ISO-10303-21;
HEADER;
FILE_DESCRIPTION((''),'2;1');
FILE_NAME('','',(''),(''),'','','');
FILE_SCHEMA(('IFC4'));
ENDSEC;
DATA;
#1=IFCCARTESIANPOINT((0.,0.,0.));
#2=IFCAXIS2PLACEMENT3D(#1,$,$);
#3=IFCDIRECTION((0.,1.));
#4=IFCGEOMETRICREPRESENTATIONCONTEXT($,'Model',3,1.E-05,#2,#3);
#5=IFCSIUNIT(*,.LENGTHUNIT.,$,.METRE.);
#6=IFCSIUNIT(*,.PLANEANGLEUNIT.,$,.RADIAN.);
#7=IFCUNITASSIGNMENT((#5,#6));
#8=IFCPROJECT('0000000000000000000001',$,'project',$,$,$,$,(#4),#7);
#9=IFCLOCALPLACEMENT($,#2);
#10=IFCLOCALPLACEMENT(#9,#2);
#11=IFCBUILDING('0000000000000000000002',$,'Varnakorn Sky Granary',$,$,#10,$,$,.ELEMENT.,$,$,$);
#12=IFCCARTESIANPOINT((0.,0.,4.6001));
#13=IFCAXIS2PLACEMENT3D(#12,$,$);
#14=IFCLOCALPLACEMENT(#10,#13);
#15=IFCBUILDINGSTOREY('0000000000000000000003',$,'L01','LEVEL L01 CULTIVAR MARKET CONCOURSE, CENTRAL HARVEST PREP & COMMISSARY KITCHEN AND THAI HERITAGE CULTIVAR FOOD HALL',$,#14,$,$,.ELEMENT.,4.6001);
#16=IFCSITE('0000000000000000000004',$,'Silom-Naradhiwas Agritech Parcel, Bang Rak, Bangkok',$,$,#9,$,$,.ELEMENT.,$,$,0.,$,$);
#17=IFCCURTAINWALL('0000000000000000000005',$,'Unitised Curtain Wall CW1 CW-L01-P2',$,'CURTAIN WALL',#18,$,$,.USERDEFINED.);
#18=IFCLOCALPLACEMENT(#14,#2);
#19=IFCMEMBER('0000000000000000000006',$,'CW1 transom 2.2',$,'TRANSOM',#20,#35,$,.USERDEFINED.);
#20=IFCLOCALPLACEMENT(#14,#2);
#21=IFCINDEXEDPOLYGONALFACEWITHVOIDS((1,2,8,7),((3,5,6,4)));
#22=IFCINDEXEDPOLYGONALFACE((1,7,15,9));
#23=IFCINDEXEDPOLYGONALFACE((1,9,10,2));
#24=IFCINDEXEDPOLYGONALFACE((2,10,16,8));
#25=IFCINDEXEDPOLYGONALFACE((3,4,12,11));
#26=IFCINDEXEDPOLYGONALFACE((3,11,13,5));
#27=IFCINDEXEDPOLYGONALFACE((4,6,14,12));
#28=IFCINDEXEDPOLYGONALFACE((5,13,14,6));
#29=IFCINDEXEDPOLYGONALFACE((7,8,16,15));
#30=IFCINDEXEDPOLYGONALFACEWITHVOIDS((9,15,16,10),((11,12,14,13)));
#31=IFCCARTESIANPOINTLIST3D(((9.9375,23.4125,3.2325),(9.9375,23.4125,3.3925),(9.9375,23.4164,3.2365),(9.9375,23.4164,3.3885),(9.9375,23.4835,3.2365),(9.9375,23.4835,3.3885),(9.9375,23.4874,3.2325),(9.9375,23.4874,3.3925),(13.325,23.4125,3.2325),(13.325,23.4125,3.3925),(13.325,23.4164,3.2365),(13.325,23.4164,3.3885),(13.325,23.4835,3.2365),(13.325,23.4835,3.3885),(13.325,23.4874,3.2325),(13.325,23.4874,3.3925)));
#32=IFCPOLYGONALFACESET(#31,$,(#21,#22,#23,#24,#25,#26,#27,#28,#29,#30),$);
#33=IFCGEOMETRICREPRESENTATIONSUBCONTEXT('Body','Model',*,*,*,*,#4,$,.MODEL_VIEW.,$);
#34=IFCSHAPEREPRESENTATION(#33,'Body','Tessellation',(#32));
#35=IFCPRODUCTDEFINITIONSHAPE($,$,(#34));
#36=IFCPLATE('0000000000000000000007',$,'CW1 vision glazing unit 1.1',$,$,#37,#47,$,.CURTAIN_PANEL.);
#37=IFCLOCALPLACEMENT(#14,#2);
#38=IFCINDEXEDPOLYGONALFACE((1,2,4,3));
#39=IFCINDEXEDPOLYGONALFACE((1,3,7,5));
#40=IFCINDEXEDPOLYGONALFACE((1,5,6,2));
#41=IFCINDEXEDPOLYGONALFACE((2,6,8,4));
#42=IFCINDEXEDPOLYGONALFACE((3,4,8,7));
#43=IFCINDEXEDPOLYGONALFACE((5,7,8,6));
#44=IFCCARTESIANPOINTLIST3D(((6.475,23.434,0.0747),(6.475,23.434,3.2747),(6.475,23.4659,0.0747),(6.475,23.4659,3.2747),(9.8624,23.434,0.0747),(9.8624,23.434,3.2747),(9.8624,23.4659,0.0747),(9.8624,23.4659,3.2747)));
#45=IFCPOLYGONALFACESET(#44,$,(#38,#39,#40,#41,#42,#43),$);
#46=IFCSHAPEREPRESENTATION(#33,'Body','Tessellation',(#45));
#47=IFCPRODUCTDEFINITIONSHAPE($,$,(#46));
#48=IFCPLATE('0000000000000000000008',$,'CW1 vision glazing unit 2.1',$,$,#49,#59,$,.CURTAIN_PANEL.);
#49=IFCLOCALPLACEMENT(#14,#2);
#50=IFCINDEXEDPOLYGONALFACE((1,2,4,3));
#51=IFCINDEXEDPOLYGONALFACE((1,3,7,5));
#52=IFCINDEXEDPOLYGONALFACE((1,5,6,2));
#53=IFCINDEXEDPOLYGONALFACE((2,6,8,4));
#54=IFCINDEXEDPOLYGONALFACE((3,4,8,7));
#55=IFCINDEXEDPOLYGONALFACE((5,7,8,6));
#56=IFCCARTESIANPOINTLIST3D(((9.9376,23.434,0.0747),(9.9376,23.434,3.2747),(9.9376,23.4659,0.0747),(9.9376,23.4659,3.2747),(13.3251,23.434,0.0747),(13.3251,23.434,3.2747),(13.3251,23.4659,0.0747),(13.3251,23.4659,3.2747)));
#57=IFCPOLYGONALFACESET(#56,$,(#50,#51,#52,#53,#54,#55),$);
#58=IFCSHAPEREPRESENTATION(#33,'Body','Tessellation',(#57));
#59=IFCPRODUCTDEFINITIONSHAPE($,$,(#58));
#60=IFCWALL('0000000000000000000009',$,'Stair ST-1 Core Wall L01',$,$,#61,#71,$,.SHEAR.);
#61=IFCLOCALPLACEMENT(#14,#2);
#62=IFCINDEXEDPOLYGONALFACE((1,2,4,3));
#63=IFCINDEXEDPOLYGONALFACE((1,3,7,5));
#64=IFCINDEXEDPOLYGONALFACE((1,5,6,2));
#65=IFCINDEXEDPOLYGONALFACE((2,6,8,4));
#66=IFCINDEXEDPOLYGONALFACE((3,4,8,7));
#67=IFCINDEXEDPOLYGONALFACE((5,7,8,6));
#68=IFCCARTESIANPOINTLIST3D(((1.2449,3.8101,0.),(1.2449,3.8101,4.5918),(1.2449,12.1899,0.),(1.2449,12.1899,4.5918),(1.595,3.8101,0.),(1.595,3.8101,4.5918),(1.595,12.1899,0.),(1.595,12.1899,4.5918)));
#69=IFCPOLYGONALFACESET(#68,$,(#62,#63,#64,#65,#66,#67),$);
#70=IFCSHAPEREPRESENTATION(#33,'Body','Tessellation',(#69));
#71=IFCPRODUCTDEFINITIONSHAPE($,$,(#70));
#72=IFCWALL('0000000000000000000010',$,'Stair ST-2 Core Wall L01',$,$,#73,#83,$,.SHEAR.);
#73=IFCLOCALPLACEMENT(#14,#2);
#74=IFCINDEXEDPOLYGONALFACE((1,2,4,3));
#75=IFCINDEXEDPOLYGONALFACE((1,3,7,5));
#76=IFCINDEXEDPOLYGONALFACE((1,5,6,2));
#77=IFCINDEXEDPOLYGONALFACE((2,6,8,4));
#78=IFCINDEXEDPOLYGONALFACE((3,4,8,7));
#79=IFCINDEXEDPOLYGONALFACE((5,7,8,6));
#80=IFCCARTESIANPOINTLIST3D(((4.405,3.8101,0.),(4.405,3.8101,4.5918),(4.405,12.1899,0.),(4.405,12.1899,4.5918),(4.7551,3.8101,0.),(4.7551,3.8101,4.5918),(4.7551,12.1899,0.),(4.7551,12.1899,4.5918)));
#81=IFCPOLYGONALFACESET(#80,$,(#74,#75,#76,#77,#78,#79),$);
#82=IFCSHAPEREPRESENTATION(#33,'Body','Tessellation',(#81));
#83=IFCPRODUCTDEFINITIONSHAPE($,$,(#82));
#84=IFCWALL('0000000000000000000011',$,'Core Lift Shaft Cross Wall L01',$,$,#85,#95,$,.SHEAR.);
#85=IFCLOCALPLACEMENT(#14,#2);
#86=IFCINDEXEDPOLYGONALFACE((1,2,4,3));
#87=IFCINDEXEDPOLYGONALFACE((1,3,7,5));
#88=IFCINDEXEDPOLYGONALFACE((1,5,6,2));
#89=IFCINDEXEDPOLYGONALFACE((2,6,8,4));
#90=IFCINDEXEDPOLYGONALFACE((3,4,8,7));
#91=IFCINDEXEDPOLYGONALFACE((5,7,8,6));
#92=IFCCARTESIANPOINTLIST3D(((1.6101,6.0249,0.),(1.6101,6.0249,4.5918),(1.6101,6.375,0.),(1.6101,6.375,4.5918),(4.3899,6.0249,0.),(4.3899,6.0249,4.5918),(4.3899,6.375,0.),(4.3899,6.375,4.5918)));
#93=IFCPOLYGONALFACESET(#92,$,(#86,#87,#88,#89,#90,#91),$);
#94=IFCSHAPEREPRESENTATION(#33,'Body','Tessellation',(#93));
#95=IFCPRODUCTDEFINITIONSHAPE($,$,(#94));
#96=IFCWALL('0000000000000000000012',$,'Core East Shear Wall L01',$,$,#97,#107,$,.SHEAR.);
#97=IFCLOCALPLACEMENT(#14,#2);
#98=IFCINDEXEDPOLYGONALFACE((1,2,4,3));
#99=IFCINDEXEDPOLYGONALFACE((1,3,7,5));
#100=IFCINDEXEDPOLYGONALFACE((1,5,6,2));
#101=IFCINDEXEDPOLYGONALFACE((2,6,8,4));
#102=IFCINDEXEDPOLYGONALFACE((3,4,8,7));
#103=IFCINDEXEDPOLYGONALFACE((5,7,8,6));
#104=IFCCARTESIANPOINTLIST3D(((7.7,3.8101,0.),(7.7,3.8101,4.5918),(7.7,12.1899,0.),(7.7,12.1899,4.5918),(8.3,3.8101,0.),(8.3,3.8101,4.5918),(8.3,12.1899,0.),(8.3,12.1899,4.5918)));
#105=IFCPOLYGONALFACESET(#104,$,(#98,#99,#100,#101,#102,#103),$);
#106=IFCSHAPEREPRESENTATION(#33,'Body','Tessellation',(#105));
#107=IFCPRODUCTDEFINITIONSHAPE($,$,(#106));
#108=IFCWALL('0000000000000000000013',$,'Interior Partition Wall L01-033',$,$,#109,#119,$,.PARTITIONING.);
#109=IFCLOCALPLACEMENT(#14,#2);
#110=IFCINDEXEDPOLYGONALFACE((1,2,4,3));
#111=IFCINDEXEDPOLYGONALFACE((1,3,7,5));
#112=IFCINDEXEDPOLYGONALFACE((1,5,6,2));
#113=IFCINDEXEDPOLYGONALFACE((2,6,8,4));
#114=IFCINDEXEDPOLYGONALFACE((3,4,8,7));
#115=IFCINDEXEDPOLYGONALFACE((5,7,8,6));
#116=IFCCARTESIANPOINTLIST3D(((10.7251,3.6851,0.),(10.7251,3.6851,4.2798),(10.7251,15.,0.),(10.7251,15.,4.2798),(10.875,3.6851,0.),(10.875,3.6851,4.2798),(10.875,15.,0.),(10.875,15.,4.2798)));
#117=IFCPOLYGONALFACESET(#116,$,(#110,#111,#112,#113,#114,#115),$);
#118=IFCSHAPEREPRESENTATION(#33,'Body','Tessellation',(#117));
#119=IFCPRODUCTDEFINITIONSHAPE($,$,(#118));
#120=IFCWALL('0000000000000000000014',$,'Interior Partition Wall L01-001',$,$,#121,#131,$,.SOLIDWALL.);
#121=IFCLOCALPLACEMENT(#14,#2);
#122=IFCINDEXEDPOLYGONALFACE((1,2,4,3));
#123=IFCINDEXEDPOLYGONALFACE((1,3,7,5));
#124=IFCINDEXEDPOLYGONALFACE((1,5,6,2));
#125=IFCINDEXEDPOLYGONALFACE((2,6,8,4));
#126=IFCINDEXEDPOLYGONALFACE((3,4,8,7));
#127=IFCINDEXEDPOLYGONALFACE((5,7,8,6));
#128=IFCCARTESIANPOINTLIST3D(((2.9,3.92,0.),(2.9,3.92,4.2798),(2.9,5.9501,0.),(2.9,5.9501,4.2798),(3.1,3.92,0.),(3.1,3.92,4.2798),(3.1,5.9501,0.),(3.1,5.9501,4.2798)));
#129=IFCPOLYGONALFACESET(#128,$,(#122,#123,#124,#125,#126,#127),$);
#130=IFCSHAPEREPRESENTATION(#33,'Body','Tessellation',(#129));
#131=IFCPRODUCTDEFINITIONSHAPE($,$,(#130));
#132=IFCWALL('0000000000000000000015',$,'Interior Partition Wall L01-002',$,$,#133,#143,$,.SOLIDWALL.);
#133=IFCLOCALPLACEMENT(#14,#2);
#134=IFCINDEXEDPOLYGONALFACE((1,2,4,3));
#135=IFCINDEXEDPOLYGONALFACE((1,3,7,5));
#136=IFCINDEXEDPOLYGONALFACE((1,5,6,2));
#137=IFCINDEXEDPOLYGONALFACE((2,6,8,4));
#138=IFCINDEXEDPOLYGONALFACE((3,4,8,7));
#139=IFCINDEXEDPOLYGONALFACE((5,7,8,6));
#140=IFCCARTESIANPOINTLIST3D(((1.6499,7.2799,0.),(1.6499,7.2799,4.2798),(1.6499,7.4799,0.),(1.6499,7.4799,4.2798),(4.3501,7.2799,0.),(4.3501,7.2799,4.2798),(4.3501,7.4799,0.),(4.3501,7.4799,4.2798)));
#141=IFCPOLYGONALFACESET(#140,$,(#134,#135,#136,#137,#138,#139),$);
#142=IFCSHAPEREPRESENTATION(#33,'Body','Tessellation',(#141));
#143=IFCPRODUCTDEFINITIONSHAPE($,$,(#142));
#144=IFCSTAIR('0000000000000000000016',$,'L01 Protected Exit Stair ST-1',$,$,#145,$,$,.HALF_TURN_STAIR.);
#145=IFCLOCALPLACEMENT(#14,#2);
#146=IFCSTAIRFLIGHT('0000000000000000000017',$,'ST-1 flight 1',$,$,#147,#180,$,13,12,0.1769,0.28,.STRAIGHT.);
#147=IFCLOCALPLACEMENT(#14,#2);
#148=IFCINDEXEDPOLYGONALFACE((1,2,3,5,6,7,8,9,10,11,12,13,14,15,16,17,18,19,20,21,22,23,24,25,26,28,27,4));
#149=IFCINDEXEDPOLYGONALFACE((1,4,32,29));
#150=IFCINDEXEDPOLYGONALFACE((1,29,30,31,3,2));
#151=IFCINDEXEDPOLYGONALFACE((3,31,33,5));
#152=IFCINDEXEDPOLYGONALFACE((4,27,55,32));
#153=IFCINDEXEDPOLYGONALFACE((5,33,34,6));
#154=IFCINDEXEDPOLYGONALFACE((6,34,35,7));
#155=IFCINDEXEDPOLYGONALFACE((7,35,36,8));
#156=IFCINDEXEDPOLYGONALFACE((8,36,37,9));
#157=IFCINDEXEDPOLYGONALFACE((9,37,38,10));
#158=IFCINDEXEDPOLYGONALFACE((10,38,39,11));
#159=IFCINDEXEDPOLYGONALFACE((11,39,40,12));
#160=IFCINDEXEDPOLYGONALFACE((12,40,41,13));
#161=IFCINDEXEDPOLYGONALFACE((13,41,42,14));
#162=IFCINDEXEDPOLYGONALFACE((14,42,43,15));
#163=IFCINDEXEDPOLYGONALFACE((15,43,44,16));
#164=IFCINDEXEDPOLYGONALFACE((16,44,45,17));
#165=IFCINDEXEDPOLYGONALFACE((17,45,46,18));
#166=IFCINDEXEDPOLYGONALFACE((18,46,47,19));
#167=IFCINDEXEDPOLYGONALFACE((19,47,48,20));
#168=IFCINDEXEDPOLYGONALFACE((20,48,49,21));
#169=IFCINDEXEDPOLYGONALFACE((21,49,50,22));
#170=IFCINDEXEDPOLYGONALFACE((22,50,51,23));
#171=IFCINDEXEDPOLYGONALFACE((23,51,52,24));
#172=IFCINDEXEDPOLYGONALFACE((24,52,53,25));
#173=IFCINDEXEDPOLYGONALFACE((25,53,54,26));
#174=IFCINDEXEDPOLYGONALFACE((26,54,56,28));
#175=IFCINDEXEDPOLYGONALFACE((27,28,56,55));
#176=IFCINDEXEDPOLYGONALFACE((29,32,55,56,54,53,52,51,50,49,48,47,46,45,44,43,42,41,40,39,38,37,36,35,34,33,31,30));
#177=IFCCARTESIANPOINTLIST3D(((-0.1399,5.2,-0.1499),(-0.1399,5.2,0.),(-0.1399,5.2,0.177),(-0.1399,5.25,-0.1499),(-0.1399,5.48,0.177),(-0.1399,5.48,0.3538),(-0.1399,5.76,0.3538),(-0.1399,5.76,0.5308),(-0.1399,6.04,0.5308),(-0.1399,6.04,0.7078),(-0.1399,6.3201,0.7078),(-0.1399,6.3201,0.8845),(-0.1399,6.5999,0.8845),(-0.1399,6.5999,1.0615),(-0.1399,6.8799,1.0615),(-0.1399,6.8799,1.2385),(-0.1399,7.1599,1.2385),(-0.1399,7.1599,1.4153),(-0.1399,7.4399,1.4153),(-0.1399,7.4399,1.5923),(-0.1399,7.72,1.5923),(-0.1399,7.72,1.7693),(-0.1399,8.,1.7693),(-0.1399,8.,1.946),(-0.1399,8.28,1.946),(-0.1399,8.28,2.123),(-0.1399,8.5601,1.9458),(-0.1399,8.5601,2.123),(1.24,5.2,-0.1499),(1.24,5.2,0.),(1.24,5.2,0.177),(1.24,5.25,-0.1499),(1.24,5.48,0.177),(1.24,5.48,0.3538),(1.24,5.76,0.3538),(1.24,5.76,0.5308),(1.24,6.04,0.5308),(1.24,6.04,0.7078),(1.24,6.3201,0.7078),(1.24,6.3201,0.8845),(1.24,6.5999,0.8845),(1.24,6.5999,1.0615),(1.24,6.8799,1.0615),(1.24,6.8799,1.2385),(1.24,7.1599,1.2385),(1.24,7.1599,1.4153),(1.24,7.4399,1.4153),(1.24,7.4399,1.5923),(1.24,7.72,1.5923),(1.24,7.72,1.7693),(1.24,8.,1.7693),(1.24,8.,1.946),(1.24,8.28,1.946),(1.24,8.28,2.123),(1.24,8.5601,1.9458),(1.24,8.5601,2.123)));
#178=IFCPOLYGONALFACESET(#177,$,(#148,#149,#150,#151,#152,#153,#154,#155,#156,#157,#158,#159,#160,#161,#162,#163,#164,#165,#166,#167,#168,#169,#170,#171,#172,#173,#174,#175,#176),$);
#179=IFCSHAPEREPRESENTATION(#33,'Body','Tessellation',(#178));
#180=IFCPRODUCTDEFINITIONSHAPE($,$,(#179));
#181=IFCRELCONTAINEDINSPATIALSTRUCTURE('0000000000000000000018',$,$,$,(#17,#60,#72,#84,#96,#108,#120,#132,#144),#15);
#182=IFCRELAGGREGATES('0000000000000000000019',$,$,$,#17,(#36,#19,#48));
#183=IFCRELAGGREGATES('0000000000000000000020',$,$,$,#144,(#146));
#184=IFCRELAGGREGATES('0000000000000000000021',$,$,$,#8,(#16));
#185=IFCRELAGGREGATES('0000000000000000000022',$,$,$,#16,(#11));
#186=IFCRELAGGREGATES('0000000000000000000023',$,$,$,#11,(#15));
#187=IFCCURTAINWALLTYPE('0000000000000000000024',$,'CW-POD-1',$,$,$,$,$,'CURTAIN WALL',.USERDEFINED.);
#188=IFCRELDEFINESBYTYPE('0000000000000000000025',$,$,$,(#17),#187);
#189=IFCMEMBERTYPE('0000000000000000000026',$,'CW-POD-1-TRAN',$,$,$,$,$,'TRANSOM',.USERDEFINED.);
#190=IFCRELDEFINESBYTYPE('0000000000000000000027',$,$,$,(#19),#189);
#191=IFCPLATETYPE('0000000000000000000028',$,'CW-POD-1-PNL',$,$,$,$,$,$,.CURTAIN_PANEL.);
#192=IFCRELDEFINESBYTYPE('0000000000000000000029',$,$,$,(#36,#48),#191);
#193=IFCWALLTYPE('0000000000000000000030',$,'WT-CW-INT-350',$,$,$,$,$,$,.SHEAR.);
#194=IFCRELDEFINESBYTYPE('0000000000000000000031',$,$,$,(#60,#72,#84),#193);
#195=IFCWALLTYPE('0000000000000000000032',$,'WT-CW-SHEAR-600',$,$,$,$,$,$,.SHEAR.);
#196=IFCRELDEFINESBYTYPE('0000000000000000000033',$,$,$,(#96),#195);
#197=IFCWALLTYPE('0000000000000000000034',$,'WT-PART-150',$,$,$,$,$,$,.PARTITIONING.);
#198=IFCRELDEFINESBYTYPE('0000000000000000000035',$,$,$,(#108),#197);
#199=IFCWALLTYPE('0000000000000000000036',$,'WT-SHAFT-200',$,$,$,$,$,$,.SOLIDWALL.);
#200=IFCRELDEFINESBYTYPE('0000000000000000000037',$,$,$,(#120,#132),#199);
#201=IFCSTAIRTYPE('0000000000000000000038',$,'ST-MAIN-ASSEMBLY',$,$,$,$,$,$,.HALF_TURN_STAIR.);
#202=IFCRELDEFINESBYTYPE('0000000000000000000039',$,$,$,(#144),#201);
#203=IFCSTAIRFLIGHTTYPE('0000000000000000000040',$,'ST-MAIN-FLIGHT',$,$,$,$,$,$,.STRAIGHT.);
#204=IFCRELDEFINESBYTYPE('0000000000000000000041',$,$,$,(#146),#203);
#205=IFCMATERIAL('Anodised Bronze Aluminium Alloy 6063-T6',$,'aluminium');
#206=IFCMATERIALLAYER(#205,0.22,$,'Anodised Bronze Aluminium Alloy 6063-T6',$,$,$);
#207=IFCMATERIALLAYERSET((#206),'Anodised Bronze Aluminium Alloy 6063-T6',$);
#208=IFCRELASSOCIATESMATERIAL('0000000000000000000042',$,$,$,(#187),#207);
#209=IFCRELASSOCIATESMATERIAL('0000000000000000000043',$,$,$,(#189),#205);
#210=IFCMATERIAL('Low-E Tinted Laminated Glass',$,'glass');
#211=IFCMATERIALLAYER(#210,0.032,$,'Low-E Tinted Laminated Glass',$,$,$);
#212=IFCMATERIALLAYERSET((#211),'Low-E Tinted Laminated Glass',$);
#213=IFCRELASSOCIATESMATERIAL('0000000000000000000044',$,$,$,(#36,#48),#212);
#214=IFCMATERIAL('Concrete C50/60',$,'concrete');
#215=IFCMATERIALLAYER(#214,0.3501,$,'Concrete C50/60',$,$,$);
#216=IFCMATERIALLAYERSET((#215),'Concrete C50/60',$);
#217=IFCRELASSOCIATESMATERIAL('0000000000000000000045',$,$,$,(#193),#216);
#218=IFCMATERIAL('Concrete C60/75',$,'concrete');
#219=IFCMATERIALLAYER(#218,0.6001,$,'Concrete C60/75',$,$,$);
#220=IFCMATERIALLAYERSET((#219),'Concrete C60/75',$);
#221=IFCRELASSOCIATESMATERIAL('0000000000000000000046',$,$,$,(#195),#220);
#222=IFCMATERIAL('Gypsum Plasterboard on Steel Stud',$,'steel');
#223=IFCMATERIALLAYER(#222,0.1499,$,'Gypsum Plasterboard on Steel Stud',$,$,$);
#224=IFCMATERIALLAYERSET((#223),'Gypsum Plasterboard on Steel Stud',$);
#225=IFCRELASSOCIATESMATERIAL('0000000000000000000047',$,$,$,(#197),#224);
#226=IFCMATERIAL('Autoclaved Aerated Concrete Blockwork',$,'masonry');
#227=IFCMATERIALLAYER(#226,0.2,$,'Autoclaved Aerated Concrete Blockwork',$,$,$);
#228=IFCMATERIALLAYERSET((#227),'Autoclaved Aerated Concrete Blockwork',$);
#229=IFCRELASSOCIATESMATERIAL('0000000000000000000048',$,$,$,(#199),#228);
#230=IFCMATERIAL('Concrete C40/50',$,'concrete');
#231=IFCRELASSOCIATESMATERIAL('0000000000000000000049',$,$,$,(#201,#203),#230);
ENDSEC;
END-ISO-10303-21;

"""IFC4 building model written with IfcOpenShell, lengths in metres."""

from ifc_helpers import new_model, si_unit, direction, frame, frame_2d, origin, origin_2d, place, context, subcontext, project, spatial, polyline, rectangle, hollow_rectangle, outline, extrude, source, transform, mapped, material, layer, layer_set, material_profile, profile_set, type_object, type_shapes, element, aggregate, save


model = new_model("IFC4")

# Units and contexts
model_context = context("Model", 3, precision=1e-05, world=origin(), true_north=direction((0.0, 1.0)))
body_context = subcontext(model_context, "Body", "Model", "MODEL_VIEW")
ifc_project = project(units=[si_unit("LENGTHUNIT", "METRE"), si_unit("PLANEANGLEUNIT", "RADIAN")], contexts=[model_context])

# Site, building, storey
site_placement = place(None, origin())
site = spatial("IfcSite", under=ifc_project, at=site_placement, Name="Silom-Naradhiwas Agritech Parcel, Bang Rak, Bangkok", CompositionType="ELEMENT", RefElevation=0.0)
building_placement = place(site_placement, origin())
building = spatial("IfcBuilding", under=site, at=building_placement, Name="Varnakorn Sky Granary", CompositionType="ELEMENT")
storey_placement = place(building_placement, frame((0.0, 0.0, 4.6001)))
storey = spatial("IfcBuildingStorey", under=building, at=storey_placement, Name="L01", Description="LEVEL L01 CULTIVAR MARKET CONCOURSE, CENTRAL HARVEST PREP & COMMISSARY KITCHEN AND THAI HERITAGE CULTIVAR FOOD HALL", CompositionType="ELEMENT", Elevation=4.6001)

# Shared definitions
ifc_material_1 = material(Name="Concrete C60/75", Category="concrete")

# Curtain wall, member, plates
ifc_material_2 = material(Name="Anodised Bronze Aluminium Alloy 6063-T6", Category="aluminium")
ifc_layer_1 = layer(ifc_material_2, 0.22, Name="Anodised Bronze Aluminium Alloy 6063-T6")
ifc_layer_set_1 = layer_set([ifc_layer_1], Name="Anodised Bronze Aluminium Alloy 6063-T6")
curtain_wall_type = type_object("IfcCurtainWallType", Name="CW-POD-1", ElementType="CURTAIN WALL", PredefinedType="USERDEFINED", material=ifc_layer_set_1)
curtain_wall_placement = place(storey_placement, origin())
curtain_wall = element("IfcCurtainWall", 1, at=curtain_wall_placement, inside=storey, type_object=curtain_wall_type, Name="Unitised Curtain Wall CW1 CW-L01-P2", ObjectType="CURTAIN WALL", PredefinedType="USERDEFINED")
ifc_material_profile_1 = material_profile(ifc_material_2, hollow_rectangle(XDim=0.075, YDim=0.1599, WallThickness=0.0039, at=origin_2d()), Name="ALU TRAN 75x160")
ifc_profile_set_1 = profile_set([ifc_material_profile_1], Name="Anodised Bronze Aluminium Alloy 6063-T6")
member_type_1 = type_object("IfcMemberType", Name="CW-POD-1-TRAN", ElementType="TRANSOM", PredefinedType="USERDEFINED", material=ifc_profile_set_1)
member_1_placement = place(storey_placement, frame((9.9375, 23.45, 3.3125), z_axis=(1.0, 0.0, 0.0), x_axis=(0.0, 1.0, 0.0)))
member_1 = element("IfcMember", 2, at=member_1_placement, type_object=member_type_1, Name="CW1 transom 2.2", ObjectType="TRANSOM", PredefinedType="USERDEFINED", context=body_context, shape_type="SweptSolid", body=[
    extrude(hollow_rectangle(XDim=0.075, YDim=0.1599, WallThickness=0.0039, at=origin_2d()), origin(), (0.0, 0.0, 1.0), 3.3875),
])
ifc_material_3 = material(Name="Low-E Tinted Laminated Glass", Category="glass")
ifc_layer_2 = layer(ifc_material_3, 0.032, Name="Low-E Tinted Laminated Glass")
ifc_layer_set_2 = layer_set([ifc_layer_2], Name="Low-E Tinted Laminated Glass")
plate_type = type_object("IfcPlateType", Name="CW-POD-1-PNL", PredefinedType="CURTAIN_PANEL")
shared_shape = source(origin(), body_context, "Body", "SweptSolid", [
    extrude(rectangle(XDim=3.3875, YDim=0.032, at=origin_2d()), origin(), (0.0, 0.0, 1.0), 3.2),
])
type_shapes(plate_type, [shared_shape])
plate_1_placement = place(storey_placement, frame((8.1687, 23.45, 0.0747), z_axis=(0.0, 0.0, 1.0), x_axis=(1.0, 0.0, 0.0)))
plate_1 = element("IfcPlate", 3, at=plate_1_placement, type_object=plate_type, material=ifc_layer_set_2, Name="CW1 vision glazing unit 1.1", PredefinedType="CURTAIN_PANEL", context=body_context, shape_type="MappedRepresentation", body=[
    mapped(shared_shape, transform((0.0, 0.0, 0.0), x_axis=(1.0, 0.0, 0.0), y_axis=(0.0, 1.0, 0.0), z_axis=(0.0, 0.0, 1.0), scale=1.0)),
])
plate_2_placement = place(storey_placement, frame((11.6313, 23.45, 0.0747), z_axis=(0.0, 0.0, 1.0), x_axis=(1.0, 0.0, 0.0)))
plate_2 = element("IfcPlate", 4, at=plate_2_placement, type_object=plate_type, material=ifc_layer_set_2, Name="CW1 vision glazing unit 2.1", PredefinedType="CURTAIN_PANEL", context=body_context, shape_type="MappedRepresentation", body=[
    mapped(shared_shape, transform((0.0, 0.0, 0.0), x_axis=(1.0, 0.0, 0.0), y_axis=(0.0, 1.0, 0.0), z_axis=(0.0, 0.0, 1.0), scale=1.0)),
])
aggregate(curtain_wall, [plate_1, member_1, plate_2])

# Walls
ifc_material_4 = material(Name="Concrete C50/60", Category="concrete")
ifc_layer_3 = layer(ifc_material_4, 0.3501, Name="Concrete C50/60")
ifc_layer_set_3 = layer_set([ifc_layer_3], Name="Concrete C50/60")
wall_type_1 = type_object("IfcWallType", Name="WT-CW-INT-350", PredefinedType="SHEAR", material=ifc_layer_set_3)
for number, where, z_axis, x_axis, name in (
    (5, (1.4199, 3.8101, 0.0), (0.0, 0.0, 1.0), (0.0, 1.0, 0.0), "Stair ST-1 Core Wall L01"),
    (6, (4.5801, 3.8101, 0.0), (0.0, 0.0, 1.0), (0.0, 1.0, 0.0), "Stair ST-2 Core Wall L01"),
):
    element("IfcWall", number, at=place(storey_placement, frame(where, z_axis=z_axis, x_axis=x_axis)), inside=storey, type_object=wall_type_1, Name=name, PredefinedType="SHEAR", context=body_context, shape_type="SweptSolid", body=[
        extrude(rectangle(XDim=8.3799, YDim=0.3501, at=frame_2d((4.1899, 0.0))), origin(), (0.0, 0.0, 1.0), 4.5918),
    ])
wall_1_placement = place(storey_placement, frame((1.6101, 6.2, 0.0), z_axis=(0.0, 0.0, 1.0), x_axis=(1.0, 0.0, 0.0)))
element("IfcWall", 7, at=wall_1_placement, inside=storey, type_object=wall_type_1, Name="Core Lift Shaft Cross Wall L01", PredefinedType="SHEAR", context=body_context, shape_type="SweptSolid", body=[
    extrude(rectangle(XDim=2.7798, YDim=0.3501, at=frame_2d((1.3899, 0.0))), origin(), (0.0, 0.0, 1.0), 4.5918),
])
ifc_layer_4 = layer(ifc_material_1, 0.6001, Name="Concrete C60/75")
ifc_layer_set_4 = layer_set([ifc_layer_4], Name="Concrete C60/75")
wall_type_2 = type_object("IfcWallType", Name="WT-CW-SHEAR-600", PredefinedType="SHEAR", material=ifc_layer_set_4)
wall_2_placement = place(storey_placement, frame((8.0, 3.8101, 0.0), z_axis=(0.0, 0.0, 1.0), x_axis=(0.0, 1.0, 0.0)))
element("IfcWall", 8, at=wall_2_placement, inside=storey, type_object=wall_type_2, Name="Core East Shear Wall L01", PredefinedType="SHEAR", context=body_context, shape_type="SweptSolid", body=[
    extrude(rectangle(XDim=8.3799, YDim=0.6001, at=frame_2d((4.1899, 0.0))), origin(), (0.0, 0.0, 1.0), 4.5918),
])
ifc_material_5 = material(Name="Gypsum Plasterboard on Steel Stud", Category="steel")
ifc_layer_5 = layer(ifc_material_5, 0.1499, Name="Gypsum Plasterboard on Steel Stud")
ifc_layer_set_5 = layer_set([ifc_layer_5], Name="Gypsum Plasterboard on Steel Stud")
wall_type_3 = type_object("IfcWallType", Name="WT-PART-150", PredefinedType="PARTITIONING", material=ifc_layer_set_5)
wall_3_placement = place(storey_placement, frame((10.8, 3.6851, 0.0), z_axis=(0.0, 0.0, 1.0), x_axis=(0.0, 1.0, 0.0)))
element("IfcWall", 9, at=wall_3_placement, inside=storey, type_object=wall_type_3, Name="Interior Partition Wall L01-033", PredefinedType="PARTITIONING", context=body_context, shape_type="SweptSolid", body=[
    extrude(rectangle(XDim=11.3149, YDim=0.1499, at=frame_2d((5.6575, 0.0))), origin(), (0.0, 0.0, 1.0), 4.2798),
])
ifc_material_6 = material(Name="Autoclaved Aerated Concrete Blockwork", Category="masonry")
ifc_layer_6 = layer(ifc_material_6, 0.2, Name="Autoclaved Aerated Concrete Blockwork")
ifc_layer_set_6 = layer_set([ifc_layer_6], Name="Autoclaved Aerated Concrete Blockwork")
wall_type_4 = type_object("IfcWallType", Name="WT-SHAFT-200", PredefinedType="SOLIDWALL", material=ifc_layer_set_6)
wall_4_placement = place(storey_placement, frame((3.0, 3.9199, 0.0), z_axis=(0.0, 0.0, 1.0), x_axis=(0.0, 1.0, 0.0)))
element("IfcWall", 10, at=wall_4_placement, inside=storey, type_object=wall_type_4, Name="Interior Partition Wall L01-001", PredefinedType="SOLIDWALL", context=body_context, shape_type="SweptSolid", body=[
    extrude(rectangle(XDim=2.03, YDim=0.2, at=frame_2d((1.0151, 0.0))), origin(), (0.0, 0.0, 1.0), 4.2798),
])
wall_5_placement = place(storey_placement, frame((1.6499, 7.3799, 0.0), z_axis=(0.0, 0.0, 1.0), x_axis=(1.0, 0.0, 0.0)))
element("IfcWall", 11, at=wall_5_placement, inside=storey, type_object=wall_type_4, Name="Interior Partition Wall L01-002", PredefinedType="SOLIDWALL", context=body_context, shape_type="SweptSolid", body=[
    extrude(rectangle(XDim=2.7002, YDim=0.2, at=frame_2d((1.3501, 0.0))), origin(), (0.0, 0.0, 1.0), 4.2798),
])

# Stair, stair flight
ifc_material_7 = material(Name="Concrete C40/50", Category="concrete")
stair_type = type_object("IfcStairType", Name="ST-MAIN-ASSEMBLY", PredefinedType="HALF_TURN_STAIR", material=ifc_material_7)
stair_1_placement = place(storey_placement, origin())
stair_1 = element("IfcStair", 12, at=stair_1_placement, inside=storey, type_object=stair_type, Name="L01 Protected Exit Stair ST-1", PredefinedType="HALF_TURN_STAIR")
stair_flight_type = type_object("IfcStairFlightType", Name="ST-MAIN-FLIGHT", PredefinedType="STRAIGHT", material=ifc_material_7)
stair_flight_1_placement = place(storey_placement, frame((0.55, 5.2, 0.0), z_axis=(0.0, 0.0, 1.0), x_axis=(0.0, 1.0, 0.0)))
stair_flight_1 = element("IfcStairFlight", 13, at=stair_flight_1_placement, type_object=stair_flight_type, Name="ST-1 flight 1", NumberOfRisers=13, NumberOfTreads=12, PredefinedType="STRAIGHT", RiserHeight=0.1769, TreadLength=0.28, context=body_context, shape_type="SweptSolid", body=[
    extrude(outline(polyline([(0.0, -0.1499), (0.0, 0.0), (0.0, 0.177), (0.28, 0.177), (0.28, 0.3538), (0.5601, 0.3538), (0.5601, 0.5308), (0.8401, 0.5308), (0.8401, 0.7078), (1.1201, 0.7078), (1.1201, 0.8845), (1.3999, 0.8845), (1.3999, 1.0615), (1.6799, 1.0615), (1.6799, 1.2385), (1.96, 1.2385), (1.96, 1.4153), (2.24, 1.4153), (2.24, 1.5923), (2.52, 1.5923), (2.52, 1.7693), (2.8, 1.7693), (2.8, 1.946), (3.0801, 1.946), (3.0801, 2.123), (3.3601, 2.123), (3.3601, 2.3), (3.3601, 1.9458), (0.05, -0.1499), (0.0, -0.1499)])), frame((0.0, 0.6899, 0.0), z_axis=(0.0, -1.0, 0.0), x_axis=(1.0, 0.0, 0.0)), (0.0, 0.0, 1.0), 1.3799),
])
aggregate(stair_1, [stair_flight_1])

save(model, "model.ifc")
